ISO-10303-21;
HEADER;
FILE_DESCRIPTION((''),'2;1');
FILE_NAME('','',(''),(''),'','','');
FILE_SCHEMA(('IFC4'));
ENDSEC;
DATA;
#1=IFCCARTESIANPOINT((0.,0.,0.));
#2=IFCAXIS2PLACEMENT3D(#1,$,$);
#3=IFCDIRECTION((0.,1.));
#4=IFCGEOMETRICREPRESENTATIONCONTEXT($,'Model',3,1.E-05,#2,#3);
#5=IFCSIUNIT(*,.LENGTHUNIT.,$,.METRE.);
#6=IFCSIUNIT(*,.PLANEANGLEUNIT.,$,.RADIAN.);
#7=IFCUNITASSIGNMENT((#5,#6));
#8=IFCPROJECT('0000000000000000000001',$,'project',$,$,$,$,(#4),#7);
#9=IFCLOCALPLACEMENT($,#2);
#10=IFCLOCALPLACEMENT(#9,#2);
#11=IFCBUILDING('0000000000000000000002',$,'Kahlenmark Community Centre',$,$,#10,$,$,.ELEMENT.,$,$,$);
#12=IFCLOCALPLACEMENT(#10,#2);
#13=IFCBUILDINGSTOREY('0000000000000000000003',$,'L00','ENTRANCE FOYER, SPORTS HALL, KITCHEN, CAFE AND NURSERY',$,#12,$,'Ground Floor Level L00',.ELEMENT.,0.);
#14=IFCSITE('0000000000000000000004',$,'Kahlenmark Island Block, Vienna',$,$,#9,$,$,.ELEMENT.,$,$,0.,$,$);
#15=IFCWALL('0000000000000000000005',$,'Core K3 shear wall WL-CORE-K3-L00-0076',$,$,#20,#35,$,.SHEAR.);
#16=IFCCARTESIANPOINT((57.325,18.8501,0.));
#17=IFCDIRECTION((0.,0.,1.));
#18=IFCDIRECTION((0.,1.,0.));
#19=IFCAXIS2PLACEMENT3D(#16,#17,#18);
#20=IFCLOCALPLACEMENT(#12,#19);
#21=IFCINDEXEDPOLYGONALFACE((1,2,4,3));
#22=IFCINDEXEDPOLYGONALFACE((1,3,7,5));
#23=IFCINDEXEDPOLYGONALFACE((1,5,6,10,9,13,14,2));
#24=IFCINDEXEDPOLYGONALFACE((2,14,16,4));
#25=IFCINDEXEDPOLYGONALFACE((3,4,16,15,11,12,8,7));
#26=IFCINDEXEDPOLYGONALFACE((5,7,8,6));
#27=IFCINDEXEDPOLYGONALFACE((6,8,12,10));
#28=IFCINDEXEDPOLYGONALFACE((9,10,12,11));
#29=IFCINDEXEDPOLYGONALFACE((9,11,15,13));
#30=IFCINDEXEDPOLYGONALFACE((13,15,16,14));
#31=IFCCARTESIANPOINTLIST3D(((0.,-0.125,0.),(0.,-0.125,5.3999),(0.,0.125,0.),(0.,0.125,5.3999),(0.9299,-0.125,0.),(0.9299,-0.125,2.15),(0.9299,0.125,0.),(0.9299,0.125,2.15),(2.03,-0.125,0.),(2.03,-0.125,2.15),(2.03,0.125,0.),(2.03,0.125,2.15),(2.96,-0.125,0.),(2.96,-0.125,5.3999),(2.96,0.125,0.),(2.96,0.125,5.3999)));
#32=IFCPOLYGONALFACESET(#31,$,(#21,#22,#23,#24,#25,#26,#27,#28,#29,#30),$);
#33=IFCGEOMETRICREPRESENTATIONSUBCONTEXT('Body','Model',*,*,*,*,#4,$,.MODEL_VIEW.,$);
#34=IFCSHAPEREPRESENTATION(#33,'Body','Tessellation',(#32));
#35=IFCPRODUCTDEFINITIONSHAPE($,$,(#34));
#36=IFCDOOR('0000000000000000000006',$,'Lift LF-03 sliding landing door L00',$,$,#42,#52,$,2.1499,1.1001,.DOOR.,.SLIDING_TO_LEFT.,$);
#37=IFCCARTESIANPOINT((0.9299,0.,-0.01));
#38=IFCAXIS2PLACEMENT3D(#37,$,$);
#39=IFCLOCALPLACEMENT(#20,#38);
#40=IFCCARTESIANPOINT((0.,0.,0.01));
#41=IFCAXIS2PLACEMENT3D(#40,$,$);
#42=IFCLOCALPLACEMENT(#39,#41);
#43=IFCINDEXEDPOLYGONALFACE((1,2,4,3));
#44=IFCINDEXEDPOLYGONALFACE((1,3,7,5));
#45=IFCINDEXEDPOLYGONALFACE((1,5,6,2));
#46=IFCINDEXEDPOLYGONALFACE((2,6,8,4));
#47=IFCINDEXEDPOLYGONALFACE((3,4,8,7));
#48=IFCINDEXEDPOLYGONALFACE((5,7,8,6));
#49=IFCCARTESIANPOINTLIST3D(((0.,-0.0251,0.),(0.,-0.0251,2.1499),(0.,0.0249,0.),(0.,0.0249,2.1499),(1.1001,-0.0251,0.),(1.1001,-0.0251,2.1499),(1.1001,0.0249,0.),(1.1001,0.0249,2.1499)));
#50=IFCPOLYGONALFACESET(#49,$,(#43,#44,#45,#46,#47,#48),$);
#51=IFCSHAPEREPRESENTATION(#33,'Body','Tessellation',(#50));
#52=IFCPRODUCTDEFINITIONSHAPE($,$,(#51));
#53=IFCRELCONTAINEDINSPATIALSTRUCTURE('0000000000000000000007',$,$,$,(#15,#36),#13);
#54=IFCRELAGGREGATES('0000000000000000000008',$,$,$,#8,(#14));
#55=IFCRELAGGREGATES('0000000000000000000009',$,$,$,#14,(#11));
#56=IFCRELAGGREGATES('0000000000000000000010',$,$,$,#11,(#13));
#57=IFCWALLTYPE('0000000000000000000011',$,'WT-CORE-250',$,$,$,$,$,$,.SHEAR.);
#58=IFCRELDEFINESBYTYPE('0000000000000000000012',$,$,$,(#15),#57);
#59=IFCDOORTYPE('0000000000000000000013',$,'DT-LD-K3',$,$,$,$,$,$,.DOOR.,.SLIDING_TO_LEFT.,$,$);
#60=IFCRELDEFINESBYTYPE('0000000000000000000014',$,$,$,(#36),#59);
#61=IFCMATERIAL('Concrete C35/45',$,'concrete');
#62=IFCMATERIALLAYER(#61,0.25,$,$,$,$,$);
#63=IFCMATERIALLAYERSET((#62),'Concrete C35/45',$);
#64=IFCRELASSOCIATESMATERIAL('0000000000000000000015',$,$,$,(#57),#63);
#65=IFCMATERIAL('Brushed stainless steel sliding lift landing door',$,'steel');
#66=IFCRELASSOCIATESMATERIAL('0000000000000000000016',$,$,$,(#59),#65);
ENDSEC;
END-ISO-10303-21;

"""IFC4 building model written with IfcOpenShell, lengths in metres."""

from ifc_helpers import new_model, si_unit, direction, frame, frame_2d, origin, place, context, subcontext, project, spatial, rectangle, extrude, material, layer, layer_set, type_object, element, fill, save


model = new_model("IFC4")

# Units and contexts
model_context = context("Model", 3, precision=1e-05, world=origin(), true_north=direction((0.0, 1.0)))
body_context = subcontext(model_context, "Body", "Model", "MODEL_VIEW")
ifc_project = project(units=[si_unit("LENGTHUNIT", "METRE"), si_unit("PLANEANGLEUNIT", "RADIAN")], contexts=[model_context])

# Site, building, storey
site_placement = place(None, origin())
site = spatial("IfcSite", under=ifc_project, at=site_placement, Name="Kahlenmark Island Block, Vienna", CompositionType="ELEMENT", RefElevation=0.0)
building_placement = place(site_placement, origin())
building = spatial("IfcBuilding", under=site, at=building_placement, Name="Kahlenmark Community Centre", CompositionType="ELEMENT")
storey_placement = place(building_placement, origin())
storey = spatial("IfcBuildingStorey", under=building, at=storey_placement, Name="L00", Description="ENTRANCE FOYER, SPORTS HALL, KITCHEN, CAFE AND NURSERY", LongName="Ground Floor Level L00", CompositionType="ELEMENT", Elevation=0.0)

# Shared definitions
ifc_material_1 = material(Name="Concrete C35/45", Category="concrete")

# Shared definitions
ifc_layer_1 = layer(ifc_material_1, 0.25)
ifc_layer_set_1 = layer_set([ifc_layer_1], Name="Concrete C35/45")
wall_type_1 = type_object("IfcWallType", Name="WT-CORE-250", PredefinedType="SHEAR", material=ifc_layer_set_1)

# Wall, opening, door
wall_1_placement = place(storey_placement, frame((57.325, 18.8501, 0.0), z_axis=(0.0, 0.0, 1.0), x_axis=(0.0, 1.0, 0.0)))
wall_1 = element("IfcWall", 1, at=wall_1_placement, inside=storey, type_object=wall_type_1, Name="Core K3 shear wall WL-CORE-K3-L00-0076", PredefinedType="SHEAR", context=body_context, shape_type="SweptSolid", body=[
    extrude(rectangle(XDim=2.96, YDim=0.25, at=frame_2d((1.48, 0.0))), origin(), (0.0, 0.0, 1.0), 5.3999),
])
opening_1_placement = place(wall_1_placement, frame((0.9299, 0.0, -0.01)))
opening_1 = element("IfcOpeningElement", 2, at=opening_1_placement, cuts=wall_1, PredefinedType="OPENING", context=body_context, shape_type="SweptSolid", body=[
    extrude(rectangle(XDim=1.1001, YDim=2.1599, at=frame_2d((0.55, 1.0801))), frame((0.0, 0.135, 0.0), z_axis=(0.0, -1.0, 0.0), x_axis=(1.0, 0.0, 0.0)), (0.0, 0.0, 1.0), 0.27),
])
ifc_material_2 = material(Name="Brushed stainless steel sliding lift landing door", Category="steel")
door_type = type_object("IfcDoorType", Name="DT-LD-K3", OperationType="SLIDING_TO_LEFT", PredefinedType="DOOR", material=ifc_material_2)
door_placement = place(opening_1_placement, frame((0.0, 0.0, 0.01)))
door = element("IfcDoor", 3, at=door_placement, inside=storey, type_object=door_type, Name="Lift LF-03 sliding landing door L00", OperationType="SLIDING_TO_LEFT", OverallHeight=2.1499, OverallWidth=1.1001, PredefinedType="DOOR", context=body_context, shape_type="SweptSolid", body=[
    extrude(rectangle(XDim=1.1001, YDim=2.1499, at=frame_2d((0.55, 1.075))), frame((0.0, 0.0249, 0.0), z_axis=(0.0, -1.0, 0.0), x_axis=(1.0, 0.0, 0.0)), (0.0, 0.0, 1.0), 0.05),
])
fill(opening_1, door)

save(model, "model.ifc")
